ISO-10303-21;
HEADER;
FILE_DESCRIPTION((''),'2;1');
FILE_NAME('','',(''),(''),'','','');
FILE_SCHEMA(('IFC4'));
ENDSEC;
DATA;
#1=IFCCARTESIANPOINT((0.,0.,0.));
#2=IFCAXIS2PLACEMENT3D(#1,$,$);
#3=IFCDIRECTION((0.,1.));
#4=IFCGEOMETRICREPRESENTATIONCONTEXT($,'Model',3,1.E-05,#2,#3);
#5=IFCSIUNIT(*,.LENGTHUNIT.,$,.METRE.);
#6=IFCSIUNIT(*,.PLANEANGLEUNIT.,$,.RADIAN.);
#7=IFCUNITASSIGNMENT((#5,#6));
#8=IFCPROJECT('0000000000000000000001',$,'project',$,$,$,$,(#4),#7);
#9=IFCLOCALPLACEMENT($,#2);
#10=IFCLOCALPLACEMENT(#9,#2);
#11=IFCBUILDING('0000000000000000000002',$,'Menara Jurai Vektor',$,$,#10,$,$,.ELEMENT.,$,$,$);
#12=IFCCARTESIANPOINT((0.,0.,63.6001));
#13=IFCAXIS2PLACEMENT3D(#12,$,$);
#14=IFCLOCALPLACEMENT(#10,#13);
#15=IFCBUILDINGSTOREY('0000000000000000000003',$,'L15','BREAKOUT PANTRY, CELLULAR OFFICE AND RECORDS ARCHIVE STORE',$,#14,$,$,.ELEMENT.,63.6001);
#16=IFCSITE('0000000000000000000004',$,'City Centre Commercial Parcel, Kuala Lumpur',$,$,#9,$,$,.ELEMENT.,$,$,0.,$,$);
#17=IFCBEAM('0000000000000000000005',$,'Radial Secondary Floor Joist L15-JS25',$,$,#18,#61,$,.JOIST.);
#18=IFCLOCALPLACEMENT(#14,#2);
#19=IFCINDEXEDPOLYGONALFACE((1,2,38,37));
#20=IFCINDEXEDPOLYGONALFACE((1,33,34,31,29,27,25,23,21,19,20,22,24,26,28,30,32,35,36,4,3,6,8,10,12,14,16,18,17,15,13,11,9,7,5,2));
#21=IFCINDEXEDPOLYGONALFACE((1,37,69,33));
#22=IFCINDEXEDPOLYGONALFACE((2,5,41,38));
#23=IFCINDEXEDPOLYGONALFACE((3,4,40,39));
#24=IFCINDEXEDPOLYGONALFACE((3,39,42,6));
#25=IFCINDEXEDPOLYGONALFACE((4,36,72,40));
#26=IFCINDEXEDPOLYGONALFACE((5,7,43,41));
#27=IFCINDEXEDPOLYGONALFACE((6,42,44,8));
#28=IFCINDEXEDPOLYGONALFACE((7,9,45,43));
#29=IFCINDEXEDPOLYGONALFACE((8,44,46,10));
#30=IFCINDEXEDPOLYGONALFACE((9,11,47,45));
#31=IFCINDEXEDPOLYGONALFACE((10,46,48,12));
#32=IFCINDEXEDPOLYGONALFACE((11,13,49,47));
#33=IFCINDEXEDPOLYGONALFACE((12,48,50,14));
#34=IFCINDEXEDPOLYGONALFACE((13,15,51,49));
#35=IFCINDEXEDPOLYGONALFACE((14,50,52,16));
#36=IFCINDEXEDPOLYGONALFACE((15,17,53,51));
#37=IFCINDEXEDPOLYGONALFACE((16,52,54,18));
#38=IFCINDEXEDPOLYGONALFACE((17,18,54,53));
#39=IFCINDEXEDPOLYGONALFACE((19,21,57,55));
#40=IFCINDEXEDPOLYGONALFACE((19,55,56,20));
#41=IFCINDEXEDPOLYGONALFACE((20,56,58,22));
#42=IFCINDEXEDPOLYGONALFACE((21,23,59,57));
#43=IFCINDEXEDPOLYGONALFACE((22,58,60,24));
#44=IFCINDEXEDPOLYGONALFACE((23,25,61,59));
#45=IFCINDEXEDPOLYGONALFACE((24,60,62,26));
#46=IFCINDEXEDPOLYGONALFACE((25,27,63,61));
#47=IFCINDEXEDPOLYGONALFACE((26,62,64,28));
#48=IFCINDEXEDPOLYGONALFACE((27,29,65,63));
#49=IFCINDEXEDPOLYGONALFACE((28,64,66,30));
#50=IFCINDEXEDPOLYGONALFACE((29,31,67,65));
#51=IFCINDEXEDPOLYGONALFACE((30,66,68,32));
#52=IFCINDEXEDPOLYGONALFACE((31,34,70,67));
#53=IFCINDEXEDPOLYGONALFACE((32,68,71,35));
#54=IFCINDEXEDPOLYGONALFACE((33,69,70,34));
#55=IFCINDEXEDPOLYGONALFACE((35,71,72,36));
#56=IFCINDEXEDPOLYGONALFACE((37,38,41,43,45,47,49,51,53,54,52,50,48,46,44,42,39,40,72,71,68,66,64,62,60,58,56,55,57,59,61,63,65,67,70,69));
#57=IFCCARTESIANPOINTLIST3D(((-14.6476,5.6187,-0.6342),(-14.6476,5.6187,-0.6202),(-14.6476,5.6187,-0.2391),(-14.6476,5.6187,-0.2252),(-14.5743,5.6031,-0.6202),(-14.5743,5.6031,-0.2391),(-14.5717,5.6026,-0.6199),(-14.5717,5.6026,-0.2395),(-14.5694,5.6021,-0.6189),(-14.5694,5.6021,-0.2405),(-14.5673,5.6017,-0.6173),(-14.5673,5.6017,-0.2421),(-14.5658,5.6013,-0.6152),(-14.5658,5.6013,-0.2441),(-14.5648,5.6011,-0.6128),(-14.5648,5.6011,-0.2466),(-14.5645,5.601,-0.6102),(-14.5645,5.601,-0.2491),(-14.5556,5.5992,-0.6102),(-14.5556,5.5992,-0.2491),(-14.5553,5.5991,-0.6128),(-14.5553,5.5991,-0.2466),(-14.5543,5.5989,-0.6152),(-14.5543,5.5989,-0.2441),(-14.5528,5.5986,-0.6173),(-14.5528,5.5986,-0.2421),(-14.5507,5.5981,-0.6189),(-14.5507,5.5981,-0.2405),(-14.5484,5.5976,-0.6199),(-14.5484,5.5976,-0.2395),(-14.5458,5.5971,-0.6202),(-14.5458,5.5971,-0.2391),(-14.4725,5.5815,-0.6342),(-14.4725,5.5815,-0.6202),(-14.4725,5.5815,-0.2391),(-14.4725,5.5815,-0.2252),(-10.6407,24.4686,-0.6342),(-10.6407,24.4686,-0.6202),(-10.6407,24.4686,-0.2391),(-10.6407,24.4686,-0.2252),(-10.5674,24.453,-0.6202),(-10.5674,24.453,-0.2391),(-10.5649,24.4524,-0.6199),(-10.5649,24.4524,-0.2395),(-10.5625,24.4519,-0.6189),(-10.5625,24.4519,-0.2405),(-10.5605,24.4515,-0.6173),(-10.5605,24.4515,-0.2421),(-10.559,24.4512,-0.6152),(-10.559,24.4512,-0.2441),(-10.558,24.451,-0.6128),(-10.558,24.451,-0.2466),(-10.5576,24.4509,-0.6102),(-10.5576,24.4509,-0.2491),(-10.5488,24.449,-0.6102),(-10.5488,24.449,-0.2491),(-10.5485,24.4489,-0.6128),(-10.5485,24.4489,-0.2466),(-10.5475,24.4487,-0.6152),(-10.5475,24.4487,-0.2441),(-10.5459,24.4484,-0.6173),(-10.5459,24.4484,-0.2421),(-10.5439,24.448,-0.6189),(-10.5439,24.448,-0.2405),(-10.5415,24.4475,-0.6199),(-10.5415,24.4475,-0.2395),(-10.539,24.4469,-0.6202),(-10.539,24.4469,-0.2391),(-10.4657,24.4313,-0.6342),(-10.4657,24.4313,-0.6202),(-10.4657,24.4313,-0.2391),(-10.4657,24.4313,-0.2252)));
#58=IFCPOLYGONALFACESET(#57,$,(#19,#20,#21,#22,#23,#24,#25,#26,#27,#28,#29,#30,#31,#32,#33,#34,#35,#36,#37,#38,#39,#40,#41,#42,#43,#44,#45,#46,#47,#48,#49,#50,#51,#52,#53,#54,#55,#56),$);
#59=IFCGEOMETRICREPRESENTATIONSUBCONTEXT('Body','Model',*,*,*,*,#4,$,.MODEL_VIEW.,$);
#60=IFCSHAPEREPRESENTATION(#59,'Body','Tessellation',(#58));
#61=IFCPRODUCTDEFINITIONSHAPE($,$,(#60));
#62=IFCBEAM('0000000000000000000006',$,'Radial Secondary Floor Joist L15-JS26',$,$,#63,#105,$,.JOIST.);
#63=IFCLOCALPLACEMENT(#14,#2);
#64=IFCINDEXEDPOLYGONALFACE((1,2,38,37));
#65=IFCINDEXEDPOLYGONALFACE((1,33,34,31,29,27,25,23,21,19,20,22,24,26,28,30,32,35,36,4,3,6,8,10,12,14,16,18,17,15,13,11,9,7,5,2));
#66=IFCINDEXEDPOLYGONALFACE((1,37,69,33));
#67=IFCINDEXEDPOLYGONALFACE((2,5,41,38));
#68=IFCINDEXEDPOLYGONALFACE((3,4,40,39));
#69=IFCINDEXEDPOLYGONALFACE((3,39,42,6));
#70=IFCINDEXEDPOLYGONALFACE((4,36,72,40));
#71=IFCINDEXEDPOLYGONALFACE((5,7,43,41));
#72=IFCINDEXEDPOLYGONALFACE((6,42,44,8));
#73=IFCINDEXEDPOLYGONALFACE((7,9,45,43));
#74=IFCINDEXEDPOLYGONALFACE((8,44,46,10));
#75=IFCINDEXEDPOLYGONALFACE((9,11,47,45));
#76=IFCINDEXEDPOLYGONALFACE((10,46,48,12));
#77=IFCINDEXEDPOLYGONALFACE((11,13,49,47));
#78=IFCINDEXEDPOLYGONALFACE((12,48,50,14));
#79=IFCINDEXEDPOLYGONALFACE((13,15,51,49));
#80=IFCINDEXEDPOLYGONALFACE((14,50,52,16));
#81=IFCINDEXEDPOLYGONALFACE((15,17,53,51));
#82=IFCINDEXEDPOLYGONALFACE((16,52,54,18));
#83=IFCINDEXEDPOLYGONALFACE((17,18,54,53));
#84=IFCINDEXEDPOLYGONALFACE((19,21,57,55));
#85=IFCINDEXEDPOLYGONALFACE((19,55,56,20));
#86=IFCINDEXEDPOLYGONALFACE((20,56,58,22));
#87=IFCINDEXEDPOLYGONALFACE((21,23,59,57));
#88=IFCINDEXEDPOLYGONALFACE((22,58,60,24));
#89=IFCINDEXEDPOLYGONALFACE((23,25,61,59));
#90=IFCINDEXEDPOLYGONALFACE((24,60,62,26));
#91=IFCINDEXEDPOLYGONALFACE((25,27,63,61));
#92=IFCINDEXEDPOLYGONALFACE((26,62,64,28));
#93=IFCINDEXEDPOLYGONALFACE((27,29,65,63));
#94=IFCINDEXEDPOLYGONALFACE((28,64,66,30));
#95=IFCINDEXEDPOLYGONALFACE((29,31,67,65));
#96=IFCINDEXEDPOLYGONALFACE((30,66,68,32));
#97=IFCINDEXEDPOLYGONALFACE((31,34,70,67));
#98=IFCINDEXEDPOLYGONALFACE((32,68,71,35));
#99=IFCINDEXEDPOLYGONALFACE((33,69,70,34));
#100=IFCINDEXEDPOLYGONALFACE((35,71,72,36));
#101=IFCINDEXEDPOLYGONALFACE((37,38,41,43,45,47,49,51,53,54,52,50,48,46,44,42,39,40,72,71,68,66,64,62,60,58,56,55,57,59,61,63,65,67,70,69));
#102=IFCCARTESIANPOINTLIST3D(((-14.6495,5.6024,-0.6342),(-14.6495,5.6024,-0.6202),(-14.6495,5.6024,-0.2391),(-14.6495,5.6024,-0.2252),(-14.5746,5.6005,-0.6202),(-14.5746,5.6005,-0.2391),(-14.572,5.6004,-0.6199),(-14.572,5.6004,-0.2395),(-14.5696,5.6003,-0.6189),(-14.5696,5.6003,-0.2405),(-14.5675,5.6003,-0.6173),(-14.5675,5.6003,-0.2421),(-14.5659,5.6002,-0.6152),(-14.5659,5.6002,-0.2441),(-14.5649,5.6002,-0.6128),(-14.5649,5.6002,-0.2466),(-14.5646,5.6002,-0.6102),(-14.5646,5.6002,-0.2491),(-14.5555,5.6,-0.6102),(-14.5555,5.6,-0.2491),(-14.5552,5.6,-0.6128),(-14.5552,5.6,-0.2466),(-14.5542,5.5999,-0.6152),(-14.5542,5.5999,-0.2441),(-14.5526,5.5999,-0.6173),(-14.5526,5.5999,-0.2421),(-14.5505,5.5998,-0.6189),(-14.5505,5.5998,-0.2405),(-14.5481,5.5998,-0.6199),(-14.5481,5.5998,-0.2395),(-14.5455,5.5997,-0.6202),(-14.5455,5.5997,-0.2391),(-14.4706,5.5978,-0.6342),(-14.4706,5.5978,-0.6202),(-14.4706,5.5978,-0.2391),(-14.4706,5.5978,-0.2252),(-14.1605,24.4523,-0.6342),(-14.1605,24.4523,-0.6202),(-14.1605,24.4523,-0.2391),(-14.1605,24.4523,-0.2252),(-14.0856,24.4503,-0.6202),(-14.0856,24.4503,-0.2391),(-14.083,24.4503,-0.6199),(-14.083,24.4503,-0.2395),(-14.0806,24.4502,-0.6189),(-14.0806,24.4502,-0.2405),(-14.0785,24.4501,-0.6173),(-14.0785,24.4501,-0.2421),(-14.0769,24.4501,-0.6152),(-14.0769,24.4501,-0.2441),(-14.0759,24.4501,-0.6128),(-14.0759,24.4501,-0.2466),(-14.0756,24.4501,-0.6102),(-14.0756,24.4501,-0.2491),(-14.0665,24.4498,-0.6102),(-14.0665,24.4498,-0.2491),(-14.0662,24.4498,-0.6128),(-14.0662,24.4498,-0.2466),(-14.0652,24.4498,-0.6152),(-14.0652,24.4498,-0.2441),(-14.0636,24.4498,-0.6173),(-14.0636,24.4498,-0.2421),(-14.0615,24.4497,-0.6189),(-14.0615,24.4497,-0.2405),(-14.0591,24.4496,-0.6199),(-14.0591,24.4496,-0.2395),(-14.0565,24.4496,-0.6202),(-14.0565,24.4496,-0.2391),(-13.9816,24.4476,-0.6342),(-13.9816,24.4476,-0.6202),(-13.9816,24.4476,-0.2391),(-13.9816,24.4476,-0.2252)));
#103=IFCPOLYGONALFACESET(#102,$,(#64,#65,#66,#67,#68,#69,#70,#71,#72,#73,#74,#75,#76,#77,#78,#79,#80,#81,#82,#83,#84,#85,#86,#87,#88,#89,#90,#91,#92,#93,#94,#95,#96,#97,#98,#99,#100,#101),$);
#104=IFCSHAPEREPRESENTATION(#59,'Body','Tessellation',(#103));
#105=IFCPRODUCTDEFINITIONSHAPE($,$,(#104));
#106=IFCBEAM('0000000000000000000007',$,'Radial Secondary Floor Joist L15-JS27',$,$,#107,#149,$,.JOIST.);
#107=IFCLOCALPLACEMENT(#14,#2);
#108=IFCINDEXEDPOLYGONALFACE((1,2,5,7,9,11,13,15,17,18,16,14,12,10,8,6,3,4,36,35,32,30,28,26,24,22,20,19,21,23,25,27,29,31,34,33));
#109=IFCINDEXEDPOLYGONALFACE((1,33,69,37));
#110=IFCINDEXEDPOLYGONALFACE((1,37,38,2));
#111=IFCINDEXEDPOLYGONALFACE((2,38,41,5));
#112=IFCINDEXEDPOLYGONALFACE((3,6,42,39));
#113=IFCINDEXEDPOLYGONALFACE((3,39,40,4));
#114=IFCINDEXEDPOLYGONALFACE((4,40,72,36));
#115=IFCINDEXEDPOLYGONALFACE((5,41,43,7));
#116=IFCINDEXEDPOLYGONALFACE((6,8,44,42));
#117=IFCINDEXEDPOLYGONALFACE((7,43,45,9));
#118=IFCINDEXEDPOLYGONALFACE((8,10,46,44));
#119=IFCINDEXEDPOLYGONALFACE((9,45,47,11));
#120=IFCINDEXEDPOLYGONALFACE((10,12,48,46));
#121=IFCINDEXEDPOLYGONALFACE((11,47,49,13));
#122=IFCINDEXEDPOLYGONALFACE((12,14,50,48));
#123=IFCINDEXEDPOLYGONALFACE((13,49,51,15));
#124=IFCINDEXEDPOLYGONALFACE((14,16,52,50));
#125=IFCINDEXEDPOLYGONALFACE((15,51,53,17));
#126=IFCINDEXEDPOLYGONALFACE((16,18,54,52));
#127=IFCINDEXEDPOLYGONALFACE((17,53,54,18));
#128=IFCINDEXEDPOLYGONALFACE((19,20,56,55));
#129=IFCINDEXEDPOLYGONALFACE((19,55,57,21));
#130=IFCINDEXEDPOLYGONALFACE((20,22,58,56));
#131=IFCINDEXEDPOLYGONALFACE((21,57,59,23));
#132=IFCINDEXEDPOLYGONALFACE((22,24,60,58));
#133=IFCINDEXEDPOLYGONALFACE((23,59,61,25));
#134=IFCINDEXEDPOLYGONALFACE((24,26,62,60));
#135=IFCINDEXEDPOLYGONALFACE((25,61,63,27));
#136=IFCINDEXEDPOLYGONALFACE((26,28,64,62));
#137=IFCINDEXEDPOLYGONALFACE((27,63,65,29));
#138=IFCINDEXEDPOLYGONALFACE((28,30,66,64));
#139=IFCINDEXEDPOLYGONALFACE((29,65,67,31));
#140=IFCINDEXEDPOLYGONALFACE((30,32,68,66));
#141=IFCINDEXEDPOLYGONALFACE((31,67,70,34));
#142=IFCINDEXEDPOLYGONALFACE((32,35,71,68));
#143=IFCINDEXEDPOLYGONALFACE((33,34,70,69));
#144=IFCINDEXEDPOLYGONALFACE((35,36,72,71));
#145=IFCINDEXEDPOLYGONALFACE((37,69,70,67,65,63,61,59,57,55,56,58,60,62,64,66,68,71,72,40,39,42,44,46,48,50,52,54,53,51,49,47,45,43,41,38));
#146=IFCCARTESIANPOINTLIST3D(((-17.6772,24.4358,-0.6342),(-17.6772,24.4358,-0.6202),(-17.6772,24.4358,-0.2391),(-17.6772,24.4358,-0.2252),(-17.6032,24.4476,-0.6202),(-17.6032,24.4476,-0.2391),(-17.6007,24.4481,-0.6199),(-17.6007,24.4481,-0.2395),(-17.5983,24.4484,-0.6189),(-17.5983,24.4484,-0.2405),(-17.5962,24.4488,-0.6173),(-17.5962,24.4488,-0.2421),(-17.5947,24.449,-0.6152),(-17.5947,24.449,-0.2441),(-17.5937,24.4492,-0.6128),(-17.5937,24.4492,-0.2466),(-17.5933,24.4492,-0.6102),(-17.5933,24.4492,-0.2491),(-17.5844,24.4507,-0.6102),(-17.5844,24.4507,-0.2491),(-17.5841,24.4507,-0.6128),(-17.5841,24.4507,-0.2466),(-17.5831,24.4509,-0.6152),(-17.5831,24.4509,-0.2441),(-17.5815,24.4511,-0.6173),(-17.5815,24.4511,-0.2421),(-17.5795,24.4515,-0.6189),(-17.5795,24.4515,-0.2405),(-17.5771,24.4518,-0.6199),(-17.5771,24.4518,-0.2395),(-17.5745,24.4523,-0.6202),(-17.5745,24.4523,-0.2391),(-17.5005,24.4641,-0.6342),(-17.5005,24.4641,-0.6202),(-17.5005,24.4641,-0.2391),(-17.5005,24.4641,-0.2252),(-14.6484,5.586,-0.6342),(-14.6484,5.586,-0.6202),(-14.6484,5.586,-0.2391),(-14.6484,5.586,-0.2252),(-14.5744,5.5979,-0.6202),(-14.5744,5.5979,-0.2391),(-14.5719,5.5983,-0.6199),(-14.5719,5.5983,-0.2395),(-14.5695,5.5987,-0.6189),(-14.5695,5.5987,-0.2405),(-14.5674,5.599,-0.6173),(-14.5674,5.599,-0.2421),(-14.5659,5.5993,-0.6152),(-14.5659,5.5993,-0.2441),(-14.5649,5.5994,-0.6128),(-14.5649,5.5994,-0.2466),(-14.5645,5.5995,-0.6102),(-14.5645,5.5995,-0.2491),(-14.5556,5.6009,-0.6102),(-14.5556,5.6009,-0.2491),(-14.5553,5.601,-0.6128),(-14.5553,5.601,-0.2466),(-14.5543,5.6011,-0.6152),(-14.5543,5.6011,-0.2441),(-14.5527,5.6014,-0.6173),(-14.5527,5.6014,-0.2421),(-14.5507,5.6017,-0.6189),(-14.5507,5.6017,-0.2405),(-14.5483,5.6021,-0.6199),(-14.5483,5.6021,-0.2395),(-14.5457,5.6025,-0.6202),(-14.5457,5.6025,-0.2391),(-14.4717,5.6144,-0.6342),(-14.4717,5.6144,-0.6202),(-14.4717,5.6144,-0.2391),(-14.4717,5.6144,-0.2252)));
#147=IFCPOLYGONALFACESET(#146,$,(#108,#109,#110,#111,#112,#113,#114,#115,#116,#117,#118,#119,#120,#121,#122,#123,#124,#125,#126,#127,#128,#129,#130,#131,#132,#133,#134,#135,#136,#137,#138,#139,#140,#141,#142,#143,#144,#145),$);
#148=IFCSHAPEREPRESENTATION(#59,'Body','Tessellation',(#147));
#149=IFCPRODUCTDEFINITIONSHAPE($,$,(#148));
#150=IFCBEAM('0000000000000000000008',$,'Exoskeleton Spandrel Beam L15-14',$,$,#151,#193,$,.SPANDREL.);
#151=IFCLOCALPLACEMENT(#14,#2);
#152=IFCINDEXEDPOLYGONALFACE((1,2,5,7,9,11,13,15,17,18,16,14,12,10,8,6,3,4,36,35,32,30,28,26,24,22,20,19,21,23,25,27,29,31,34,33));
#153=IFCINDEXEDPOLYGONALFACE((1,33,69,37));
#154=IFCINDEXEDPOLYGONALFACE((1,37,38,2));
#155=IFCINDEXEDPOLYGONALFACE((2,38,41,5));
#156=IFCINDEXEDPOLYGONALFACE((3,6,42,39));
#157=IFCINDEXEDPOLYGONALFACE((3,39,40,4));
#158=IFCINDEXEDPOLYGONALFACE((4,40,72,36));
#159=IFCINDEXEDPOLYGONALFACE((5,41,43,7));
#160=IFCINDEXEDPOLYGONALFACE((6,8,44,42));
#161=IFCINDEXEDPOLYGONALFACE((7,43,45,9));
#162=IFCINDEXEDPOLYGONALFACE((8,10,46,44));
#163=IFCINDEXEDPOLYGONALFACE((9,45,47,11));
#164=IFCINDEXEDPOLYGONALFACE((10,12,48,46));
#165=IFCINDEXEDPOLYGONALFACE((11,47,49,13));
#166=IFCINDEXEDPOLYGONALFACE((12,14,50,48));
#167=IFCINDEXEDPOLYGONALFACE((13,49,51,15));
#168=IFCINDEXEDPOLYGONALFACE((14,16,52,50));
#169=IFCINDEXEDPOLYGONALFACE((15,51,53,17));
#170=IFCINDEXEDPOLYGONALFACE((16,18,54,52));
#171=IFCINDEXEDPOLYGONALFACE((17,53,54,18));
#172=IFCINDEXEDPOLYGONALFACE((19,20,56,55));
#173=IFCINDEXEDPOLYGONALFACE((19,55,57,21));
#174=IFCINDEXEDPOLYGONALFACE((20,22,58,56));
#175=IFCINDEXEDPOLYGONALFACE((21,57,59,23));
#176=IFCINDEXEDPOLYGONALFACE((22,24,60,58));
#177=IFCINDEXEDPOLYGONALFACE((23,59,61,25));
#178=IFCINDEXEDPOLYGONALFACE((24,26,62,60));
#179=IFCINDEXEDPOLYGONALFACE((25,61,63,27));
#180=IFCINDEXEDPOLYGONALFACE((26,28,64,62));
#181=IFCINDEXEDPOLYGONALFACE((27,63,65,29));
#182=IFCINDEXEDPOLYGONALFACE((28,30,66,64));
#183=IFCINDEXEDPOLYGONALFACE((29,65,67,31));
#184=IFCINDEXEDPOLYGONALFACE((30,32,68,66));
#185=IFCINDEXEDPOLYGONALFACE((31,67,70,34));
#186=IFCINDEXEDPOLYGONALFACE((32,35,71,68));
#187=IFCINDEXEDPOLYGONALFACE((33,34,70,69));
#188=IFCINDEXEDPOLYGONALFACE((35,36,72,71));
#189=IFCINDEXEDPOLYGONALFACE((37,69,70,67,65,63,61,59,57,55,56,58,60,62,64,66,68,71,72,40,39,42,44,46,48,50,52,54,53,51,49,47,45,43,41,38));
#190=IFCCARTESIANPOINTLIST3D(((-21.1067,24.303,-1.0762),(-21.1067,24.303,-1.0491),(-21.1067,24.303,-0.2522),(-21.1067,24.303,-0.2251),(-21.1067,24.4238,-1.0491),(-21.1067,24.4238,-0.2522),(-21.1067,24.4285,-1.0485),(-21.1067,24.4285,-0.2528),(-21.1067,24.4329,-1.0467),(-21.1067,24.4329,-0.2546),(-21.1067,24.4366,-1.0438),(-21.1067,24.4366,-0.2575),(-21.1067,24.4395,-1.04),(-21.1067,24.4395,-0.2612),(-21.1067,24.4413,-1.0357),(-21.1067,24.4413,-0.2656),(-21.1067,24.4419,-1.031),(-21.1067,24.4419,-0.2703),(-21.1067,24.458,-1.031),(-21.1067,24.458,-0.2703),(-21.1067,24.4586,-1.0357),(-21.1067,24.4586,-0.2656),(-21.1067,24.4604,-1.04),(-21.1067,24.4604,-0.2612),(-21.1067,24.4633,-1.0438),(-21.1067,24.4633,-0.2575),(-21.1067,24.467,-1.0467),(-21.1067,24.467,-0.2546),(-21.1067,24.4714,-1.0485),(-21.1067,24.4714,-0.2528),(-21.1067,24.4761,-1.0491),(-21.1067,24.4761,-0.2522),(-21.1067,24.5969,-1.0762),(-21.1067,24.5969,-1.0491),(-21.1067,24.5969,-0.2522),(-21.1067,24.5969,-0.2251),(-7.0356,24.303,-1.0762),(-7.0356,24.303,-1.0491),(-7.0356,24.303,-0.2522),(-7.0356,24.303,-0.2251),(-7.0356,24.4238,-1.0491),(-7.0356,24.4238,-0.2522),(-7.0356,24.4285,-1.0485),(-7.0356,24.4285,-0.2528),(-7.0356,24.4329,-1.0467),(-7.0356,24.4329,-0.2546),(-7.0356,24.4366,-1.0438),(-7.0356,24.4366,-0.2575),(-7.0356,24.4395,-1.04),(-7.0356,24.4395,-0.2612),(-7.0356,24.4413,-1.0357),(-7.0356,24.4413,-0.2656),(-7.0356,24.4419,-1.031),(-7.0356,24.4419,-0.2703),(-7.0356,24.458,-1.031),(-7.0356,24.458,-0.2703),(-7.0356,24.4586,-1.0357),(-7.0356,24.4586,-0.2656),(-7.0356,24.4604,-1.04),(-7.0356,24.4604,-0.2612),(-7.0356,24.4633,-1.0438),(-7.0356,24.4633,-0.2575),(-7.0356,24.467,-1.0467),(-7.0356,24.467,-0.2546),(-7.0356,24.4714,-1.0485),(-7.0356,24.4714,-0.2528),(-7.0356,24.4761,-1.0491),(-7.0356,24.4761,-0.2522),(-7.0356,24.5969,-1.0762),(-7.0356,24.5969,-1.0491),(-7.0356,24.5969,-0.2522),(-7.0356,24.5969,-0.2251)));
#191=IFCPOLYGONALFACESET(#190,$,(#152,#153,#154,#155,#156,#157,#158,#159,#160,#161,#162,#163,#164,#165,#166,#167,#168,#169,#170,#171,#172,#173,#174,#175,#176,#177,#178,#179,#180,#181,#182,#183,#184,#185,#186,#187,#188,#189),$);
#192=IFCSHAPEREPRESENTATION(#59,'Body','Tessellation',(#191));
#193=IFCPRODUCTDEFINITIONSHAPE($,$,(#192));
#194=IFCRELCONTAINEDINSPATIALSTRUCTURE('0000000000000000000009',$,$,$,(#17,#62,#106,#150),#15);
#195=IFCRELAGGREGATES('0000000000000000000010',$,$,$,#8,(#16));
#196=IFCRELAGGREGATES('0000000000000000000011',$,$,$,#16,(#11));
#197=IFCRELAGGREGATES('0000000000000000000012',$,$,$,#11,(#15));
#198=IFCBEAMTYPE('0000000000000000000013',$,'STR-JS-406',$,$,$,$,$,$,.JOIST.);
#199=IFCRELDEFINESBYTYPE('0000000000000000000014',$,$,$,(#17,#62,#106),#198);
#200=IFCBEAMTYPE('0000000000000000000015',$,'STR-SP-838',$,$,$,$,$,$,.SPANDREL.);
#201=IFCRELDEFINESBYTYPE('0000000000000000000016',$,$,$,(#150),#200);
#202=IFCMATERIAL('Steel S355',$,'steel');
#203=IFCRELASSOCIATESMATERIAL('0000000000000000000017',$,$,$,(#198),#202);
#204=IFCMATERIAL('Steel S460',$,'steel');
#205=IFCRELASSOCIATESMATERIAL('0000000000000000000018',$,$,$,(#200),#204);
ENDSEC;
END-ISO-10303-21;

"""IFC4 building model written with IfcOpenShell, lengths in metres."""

from ifc_helpers import new_model, si_unit, direction, frame, origin, origin_2d, place, context, subcontext, project, spatial, i_section, extrude, material, material_profile, profile_set, type_object, element, save


model = new_model("IFC4")

# Units and contexts
model_context = context("Model", 3, precision=1e-05, world=origin(), true_north=direction((0.0, 1.0)))
body_context = subcontext(model_context, "Body", "Model", "MODEL_VIEW")
ifc_project = project(units=[si_unit("LENGTHUNIT", "METRE"), si_unit("PLANEANGLEUNIT", "RADIAN")], contexts=[model_context])

# Site, building, storey
site_placement = place(None, origin())
site = spatial("IfcSite", under=ifc_project, at=site_placement, Name="City Centre Commercial Parcel, Kuala Lumpur", CompositionType="ELEMENT", RefElevation=0.0)
building_placement = place(site_placement, origin())
building = spatial("IfcBuilding", under=site, at=building_placement, Name="Menara Jurai Vektor", CompositionType="ELEMENT")
storey_placement = place(building_placement, frame((0.0, 0.0, 63.6001)))
storey = spatial("IfcBuildingStorey", under=building, at=storey_placement, Name="L15", Description="BREAKOUT PANTRY, CELLULAR OFFICE AND RECORDS ARCHIVE STORE", CompositionType="ELEMENT", Elevation=63.6001)

# Shared definitions
ifc_material_1 = material(Name="Steel S460", Category="steel")

# Beams
ifc_material_2 = material(Name="Steel S355", Category="steel")
ifc_material_profile_1 = material_profile(ifc_material_2, i_section(OverallWidth=0.179, OverallDepth=0.4089, WebThickness=0.009, FlangeThickness=0.0139, FilletRadius=0.01, at=origin_2d()), Name="UKB 406x178x67")
ifc_profile_set_1 = profile_set([ifc_material_profile_1], Name="Steel S355")
beam_type_1 = type_object("IfcBeamType", Name="STR-JS-406", PredefinedType="JOIST", material=ifc_profile_set_1)
beam_1_placement = place(storey_placement, frame((-10.5532, 24.45, -0.4297), z_axis=(-0.20792, -0.978146, 0.0), x_axis=(0.978146, -0.20792, 0.0)))
element("IfcBeam", 1, at=beam_1_placement, inside=storey, type_object=beam_type_1, Name="Radial Secondary Floor Joist L15-JS25", PredefinedType="JOIST", context=body_context, shape_type="SweptSolid", body=[
    extrude(i_section(OverallWidth=0.179, OverallDepth=0.4089, WebThickness=0.009, FlangeThickness=0.0139, FilletRadius=0.01, at=origin_2d()), origin(), (0.0, 0.0, 1.0), 19.271),
])
beam_2_placement = place(storey_placement, frame((-14.071, 24.45, -0.4297), z_axis=(-0.025934, -0.999664, 0.0), x_axis=(0.999664, -0.025934, 0.0)))
element("IfcBeam", 2, at=beam_2_placement, inside=storey, type_object=beam_type_1, Name="Radial Secondary Floor Joist L15-JS26", PredefinedType="JOIST", context=body_context, shape_type="SweptSolid", body=[
    extrude(i_section(OverallWidth=0.179, OverallDepth=0.4089, WebThickness=0.009, FlangeThickness=0.0139, FilletRadius=0.01, at=origin_2d()), origin(), (0.0, 0.0, 1.0), 18.8562),
])
beam_3_placement = place(storey_placement, frame((-17.5889, 24.45, -0.4297), z_axis=(0.158646, -0.987336, 0.0), x_axis=(0.987336, 0.158646, 0.0)))
element("IfcBeam", 3, at=beam_3_placement, inside=storey, type_object=beam_type_1, Name="Radial Secondary Floor Joist L15-JS27", PredefinedType="JOIST", context=body_context, shape_type="SweptSolid", body=[
    extrude(i_section(OverallWidth=0.179, OverallDepth=0.4089, WebThickness=0.009, FlangeThickness=0.0139, FilletRadius=0.01, at=origin_2d()), origin(), (0.0, 0.0, 1.0), 19.0916),
])
ifc_material_profile_2 = material_profile(ifc_material_1, i_section(OverallWidth=0.2939, OverallDepth=0.8511, WebThickness=0.0161, FlangeThickness=0.0271, FilletRadius=0.0181, at=origin_2d()), Name="UKB 838x292x226")
ifc_profile_set_2 = profile_set([ifc_material_profile_2], Name="Steel S460")
beam_type_2 = type_object("IfcBeamType", Name="STR-SP-838", PredefinedType="SPANDREL", material=ifc_profile_set_2)
beam_4_placement = place(storey_placement, frame((-7.0356, 24.45, -0.6506), z_axis=(-1.0, 0.0, 0.0), x_axis=(0.0, -1.0, 0.0)))
element("IfcBeam", 4, at=beam_4_placement, inside=storey, type_object=beam_type_2, Name="Exoskeleton Spandrel Beam L15-14", PredefinedType="SPANDREL", context=body_context, shape_type="SweptSolid", body=[
    extrude(i_section(OverallWidth=0.2939, OverallDepth=0.8511, WebThickness=0.0161, FlangeThickness=0.0271, FilletRadius=0.0181, at=origin_2d()), origin(), (0.0, 0.0, 1.0), 14.071),
])

save(model, "model.ifc")
